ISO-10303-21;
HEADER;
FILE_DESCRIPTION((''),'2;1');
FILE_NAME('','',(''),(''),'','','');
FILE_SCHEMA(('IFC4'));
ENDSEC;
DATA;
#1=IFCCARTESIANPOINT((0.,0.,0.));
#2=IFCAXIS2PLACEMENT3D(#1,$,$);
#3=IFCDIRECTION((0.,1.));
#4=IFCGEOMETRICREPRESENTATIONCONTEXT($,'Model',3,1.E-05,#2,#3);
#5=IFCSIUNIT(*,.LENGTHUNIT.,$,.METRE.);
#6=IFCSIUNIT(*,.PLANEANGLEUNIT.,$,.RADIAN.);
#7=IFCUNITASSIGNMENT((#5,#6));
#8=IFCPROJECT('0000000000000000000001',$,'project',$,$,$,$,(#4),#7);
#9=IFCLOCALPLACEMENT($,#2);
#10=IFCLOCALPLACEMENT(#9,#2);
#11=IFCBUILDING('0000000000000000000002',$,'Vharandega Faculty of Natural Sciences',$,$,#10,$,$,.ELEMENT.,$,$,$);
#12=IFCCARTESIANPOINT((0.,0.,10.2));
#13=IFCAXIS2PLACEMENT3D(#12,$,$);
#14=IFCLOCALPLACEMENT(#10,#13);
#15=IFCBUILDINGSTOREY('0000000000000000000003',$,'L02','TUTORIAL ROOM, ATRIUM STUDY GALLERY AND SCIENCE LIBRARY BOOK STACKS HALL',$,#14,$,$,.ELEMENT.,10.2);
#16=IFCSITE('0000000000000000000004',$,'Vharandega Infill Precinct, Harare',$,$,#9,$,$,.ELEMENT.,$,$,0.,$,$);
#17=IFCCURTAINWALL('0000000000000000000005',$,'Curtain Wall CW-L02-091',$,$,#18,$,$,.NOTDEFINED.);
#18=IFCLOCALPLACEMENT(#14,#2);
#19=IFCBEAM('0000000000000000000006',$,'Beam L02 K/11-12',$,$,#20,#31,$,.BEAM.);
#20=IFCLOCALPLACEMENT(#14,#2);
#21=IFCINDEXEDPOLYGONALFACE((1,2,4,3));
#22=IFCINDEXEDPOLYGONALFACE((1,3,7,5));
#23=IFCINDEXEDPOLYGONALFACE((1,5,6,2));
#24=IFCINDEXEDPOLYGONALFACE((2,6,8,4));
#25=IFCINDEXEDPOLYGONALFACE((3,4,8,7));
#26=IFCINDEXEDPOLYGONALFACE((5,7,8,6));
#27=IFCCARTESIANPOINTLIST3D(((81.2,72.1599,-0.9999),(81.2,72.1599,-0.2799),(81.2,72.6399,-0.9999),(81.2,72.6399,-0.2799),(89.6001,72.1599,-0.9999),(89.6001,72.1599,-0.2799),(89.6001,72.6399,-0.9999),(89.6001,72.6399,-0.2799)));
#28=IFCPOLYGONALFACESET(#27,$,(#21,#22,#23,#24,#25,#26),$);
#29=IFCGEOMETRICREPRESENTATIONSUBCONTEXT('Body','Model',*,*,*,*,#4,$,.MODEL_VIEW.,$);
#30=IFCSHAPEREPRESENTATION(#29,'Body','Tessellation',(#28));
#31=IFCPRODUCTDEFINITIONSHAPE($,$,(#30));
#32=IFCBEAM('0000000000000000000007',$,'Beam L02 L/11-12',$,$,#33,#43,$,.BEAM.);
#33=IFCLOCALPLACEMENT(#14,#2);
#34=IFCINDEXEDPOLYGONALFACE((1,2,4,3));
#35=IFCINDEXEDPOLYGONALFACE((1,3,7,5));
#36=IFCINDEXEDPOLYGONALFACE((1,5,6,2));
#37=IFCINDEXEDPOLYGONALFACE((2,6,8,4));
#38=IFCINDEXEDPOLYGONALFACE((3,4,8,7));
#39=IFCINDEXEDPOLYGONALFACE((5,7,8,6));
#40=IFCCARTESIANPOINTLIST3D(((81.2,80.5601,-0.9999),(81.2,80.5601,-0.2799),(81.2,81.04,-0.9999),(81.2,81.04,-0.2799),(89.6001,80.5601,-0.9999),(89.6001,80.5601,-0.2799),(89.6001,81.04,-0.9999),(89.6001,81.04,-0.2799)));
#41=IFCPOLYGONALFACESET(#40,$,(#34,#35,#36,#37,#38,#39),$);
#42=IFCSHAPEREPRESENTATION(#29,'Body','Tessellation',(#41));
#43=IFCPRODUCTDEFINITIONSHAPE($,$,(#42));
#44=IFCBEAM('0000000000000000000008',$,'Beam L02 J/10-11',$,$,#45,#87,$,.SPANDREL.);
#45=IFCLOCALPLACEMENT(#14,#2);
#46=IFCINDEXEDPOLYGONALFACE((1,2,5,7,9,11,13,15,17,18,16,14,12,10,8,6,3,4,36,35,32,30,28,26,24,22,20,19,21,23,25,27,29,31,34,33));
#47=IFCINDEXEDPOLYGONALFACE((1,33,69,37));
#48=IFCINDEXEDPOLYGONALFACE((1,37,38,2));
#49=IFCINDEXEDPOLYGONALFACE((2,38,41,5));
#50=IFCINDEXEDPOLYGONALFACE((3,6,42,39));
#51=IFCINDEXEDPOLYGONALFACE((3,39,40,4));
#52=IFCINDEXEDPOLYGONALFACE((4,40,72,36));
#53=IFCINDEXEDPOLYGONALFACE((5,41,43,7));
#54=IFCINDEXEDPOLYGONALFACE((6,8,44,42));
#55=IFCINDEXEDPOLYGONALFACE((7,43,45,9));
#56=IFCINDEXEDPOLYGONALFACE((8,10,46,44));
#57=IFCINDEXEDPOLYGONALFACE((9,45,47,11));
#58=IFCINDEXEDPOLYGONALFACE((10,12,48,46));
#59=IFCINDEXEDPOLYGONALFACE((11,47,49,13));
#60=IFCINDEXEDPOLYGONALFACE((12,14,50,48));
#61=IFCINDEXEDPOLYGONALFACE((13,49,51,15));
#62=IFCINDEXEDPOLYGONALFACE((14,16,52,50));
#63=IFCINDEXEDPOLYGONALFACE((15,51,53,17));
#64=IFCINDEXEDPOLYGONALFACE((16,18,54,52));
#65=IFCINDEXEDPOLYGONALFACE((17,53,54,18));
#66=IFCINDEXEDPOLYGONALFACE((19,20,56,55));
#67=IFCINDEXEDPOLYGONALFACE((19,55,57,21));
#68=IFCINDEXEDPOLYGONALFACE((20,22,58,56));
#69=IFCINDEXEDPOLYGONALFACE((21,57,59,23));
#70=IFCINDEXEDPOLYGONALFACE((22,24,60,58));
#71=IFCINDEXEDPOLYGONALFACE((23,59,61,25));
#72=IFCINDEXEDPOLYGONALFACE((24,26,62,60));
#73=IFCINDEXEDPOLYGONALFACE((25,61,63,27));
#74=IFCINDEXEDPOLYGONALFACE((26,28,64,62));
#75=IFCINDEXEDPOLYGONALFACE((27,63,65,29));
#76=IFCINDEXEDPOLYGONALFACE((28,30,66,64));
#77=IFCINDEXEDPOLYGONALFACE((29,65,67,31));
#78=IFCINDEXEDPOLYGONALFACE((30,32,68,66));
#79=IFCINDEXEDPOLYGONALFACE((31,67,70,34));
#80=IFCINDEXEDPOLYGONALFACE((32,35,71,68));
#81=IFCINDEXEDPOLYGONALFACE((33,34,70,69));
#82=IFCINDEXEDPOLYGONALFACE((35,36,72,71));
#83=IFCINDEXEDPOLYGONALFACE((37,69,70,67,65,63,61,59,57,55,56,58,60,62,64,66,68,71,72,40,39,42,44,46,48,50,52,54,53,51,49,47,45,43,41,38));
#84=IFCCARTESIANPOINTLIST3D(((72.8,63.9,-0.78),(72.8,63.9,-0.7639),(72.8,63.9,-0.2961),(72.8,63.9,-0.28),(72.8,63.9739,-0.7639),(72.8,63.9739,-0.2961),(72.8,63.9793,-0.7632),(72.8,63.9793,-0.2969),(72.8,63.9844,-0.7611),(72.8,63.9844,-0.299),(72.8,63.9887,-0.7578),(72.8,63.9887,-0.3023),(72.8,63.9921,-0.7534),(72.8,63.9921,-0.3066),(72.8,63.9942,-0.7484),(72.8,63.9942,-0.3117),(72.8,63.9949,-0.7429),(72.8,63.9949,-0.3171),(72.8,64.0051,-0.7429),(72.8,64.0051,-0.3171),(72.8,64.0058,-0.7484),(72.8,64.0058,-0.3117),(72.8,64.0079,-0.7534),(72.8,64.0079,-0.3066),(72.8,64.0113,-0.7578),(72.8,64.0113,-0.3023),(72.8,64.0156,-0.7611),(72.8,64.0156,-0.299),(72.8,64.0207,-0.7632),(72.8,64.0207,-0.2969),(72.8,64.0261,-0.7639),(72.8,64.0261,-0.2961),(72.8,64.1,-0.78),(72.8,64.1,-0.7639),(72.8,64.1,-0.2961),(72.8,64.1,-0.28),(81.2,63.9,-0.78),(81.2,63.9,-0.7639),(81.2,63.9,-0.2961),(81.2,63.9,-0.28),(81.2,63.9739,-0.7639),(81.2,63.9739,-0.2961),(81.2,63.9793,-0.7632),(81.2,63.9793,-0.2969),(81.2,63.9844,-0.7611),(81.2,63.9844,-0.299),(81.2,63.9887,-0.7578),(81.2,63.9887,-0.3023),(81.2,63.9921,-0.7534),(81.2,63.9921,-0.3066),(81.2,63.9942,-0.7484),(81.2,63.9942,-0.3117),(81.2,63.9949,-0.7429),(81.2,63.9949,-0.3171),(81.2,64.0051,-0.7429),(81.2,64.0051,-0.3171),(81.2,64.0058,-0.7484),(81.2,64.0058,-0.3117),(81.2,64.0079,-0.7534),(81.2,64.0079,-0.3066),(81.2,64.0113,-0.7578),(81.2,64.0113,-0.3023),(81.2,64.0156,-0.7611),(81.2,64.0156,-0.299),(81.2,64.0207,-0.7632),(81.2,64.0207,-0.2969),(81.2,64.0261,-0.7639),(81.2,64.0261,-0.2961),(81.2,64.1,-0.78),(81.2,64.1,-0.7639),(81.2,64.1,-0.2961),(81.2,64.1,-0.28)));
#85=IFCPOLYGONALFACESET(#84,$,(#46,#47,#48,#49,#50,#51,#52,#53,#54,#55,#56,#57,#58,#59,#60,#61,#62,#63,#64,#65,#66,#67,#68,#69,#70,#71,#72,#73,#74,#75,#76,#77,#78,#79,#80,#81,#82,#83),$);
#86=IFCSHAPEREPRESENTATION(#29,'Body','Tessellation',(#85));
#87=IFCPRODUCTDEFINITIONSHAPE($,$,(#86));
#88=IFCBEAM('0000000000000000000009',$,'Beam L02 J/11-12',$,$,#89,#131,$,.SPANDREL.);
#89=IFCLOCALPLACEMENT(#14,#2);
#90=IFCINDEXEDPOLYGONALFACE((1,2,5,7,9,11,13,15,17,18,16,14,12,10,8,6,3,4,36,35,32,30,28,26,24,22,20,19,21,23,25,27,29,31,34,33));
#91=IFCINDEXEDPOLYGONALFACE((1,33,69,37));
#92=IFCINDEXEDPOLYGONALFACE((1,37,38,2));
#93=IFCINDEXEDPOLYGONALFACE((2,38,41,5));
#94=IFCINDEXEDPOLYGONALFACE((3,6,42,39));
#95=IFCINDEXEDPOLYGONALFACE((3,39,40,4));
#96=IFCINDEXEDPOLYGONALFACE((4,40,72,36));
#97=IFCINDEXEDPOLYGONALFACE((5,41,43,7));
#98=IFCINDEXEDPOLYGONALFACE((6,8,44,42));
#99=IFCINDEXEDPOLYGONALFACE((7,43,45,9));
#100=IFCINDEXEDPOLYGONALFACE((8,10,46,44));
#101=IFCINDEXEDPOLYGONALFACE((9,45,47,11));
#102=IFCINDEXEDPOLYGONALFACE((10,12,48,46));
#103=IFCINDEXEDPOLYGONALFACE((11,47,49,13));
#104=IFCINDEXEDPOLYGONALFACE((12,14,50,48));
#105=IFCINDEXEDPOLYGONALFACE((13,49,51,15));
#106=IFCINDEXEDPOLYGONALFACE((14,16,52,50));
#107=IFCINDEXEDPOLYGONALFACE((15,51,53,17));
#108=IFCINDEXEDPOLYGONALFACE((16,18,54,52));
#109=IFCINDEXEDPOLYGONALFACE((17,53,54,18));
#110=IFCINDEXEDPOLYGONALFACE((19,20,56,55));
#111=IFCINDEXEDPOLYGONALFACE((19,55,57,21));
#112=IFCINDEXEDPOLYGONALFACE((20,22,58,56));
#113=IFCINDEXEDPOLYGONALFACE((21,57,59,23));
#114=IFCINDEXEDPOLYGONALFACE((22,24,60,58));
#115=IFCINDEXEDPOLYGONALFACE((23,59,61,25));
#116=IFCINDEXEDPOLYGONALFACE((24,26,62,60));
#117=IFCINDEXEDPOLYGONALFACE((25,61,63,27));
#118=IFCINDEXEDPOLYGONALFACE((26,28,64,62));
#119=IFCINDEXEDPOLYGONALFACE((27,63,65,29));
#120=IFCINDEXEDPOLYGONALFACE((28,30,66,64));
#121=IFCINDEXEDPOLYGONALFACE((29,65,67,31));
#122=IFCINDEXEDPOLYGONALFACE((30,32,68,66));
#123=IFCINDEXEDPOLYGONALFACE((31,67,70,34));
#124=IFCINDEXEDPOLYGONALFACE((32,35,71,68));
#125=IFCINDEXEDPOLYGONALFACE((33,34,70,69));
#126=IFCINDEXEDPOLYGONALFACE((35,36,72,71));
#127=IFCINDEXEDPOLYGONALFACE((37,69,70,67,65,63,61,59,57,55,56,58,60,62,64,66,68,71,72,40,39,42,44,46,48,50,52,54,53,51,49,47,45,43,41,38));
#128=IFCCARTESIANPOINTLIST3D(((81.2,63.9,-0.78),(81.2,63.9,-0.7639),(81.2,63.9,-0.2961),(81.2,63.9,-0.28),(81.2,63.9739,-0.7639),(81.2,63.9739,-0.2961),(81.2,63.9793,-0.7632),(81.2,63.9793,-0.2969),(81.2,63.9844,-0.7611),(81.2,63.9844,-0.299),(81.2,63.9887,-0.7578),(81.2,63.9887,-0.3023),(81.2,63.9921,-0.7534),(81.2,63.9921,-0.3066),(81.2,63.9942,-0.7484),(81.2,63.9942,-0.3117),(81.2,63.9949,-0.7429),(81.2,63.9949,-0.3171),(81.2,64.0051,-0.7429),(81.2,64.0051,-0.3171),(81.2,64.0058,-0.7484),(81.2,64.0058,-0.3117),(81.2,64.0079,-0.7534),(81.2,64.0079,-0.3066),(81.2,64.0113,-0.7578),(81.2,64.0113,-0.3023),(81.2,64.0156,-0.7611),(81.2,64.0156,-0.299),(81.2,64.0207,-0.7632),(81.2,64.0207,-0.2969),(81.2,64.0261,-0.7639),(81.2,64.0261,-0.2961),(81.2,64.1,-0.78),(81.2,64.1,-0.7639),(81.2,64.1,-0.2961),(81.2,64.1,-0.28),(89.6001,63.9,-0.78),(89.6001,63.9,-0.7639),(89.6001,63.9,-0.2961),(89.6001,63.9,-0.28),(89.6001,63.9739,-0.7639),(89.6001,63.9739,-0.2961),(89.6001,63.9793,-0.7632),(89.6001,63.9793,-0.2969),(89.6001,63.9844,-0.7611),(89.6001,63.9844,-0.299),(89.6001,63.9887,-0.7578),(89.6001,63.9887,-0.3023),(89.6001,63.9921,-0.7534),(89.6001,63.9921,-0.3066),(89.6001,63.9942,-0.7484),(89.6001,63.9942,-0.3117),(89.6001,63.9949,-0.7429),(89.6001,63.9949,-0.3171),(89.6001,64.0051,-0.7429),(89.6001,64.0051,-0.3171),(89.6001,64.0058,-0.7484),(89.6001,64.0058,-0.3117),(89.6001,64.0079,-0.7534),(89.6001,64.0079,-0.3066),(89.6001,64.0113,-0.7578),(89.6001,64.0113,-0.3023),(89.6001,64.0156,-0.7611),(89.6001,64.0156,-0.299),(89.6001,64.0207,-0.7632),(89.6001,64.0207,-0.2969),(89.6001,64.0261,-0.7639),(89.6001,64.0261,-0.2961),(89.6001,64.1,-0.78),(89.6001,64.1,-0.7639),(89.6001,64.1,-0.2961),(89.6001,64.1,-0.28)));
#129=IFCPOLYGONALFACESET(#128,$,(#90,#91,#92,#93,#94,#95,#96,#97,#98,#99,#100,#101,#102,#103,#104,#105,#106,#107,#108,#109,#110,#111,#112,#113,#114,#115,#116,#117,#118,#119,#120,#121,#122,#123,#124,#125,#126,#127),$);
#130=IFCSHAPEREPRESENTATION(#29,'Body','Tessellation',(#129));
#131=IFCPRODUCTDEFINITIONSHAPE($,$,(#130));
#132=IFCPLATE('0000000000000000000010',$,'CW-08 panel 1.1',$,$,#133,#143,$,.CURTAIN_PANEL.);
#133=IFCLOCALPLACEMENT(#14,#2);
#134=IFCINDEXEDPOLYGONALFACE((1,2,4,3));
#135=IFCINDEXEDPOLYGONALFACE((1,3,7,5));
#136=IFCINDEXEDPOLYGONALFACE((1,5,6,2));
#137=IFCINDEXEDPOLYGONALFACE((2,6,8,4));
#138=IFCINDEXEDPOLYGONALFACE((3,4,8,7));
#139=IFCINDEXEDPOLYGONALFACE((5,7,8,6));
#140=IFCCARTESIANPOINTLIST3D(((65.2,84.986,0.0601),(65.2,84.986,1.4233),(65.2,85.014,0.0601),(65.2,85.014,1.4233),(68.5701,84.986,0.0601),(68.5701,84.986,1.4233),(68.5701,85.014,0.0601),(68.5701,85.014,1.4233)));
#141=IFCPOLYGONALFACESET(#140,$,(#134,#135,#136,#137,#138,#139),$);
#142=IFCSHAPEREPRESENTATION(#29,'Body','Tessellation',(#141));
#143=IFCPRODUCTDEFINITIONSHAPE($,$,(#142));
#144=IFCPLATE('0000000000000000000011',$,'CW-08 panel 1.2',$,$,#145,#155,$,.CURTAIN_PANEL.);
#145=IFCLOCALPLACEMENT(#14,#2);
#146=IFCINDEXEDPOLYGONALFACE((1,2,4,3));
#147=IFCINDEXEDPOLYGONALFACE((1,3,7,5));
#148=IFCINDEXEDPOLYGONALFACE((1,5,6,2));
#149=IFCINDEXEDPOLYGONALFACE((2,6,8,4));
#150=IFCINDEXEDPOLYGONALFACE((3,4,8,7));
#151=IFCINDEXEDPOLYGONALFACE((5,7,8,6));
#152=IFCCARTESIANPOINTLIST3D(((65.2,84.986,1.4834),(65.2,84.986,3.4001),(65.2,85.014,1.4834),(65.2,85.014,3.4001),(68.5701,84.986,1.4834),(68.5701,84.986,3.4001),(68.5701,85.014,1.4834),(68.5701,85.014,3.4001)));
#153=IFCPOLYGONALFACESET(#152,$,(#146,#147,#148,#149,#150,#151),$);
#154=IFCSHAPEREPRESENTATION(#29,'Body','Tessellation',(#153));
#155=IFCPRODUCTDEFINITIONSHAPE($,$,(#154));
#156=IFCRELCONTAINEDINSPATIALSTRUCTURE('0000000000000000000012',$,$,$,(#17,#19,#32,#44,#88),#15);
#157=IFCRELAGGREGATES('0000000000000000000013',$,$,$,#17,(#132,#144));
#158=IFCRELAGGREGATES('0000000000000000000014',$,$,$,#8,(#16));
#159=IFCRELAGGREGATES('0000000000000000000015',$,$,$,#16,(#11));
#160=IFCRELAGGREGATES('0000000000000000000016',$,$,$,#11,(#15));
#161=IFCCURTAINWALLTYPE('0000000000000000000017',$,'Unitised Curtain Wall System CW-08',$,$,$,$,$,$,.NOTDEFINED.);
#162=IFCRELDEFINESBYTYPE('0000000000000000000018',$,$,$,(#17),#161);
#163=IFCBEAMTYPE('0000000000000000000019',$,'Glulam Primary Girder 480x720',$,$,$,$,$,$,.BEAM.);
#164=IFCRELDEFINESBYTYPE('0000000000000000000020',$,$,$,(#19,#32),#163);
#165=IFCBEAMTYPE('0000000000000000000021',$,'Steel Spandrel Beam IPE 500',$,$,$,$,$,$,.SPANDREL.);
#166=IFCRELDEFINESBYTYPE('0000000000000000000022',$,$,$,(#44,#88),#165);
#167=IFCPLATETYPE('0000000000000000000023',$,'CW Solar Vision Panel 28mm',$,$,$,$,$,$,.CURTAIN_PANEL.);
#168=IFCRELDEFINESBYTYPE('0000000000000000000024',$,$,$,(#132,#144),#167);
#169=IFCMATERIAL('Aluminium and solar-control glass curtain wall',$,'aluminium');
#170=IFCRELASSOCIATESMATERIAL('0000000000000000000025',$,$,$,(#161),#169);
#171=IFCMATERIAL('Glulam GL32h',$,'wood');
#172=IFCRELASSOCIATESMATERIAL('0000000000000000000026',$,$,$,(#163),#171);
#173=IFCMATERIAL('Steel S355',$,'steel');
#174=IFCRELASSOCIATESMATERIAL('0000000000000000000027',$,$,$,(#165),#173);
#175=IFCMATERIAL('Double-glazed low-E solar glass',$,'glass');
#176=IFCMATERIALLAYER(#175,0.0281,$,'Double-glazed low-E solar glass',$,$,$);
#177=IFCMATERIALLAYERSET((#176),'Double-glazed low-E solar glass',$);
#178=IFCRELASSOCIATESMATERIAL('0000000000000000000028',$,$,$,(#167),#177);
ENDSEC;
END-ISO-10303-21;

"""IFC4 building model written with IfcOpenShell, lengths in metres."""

from ifc_helpers import new_model, si_unit, direction, frame, origin, origin_2d, place, context, subcontext, project, spatial, rectangle, i_section, extrude, material, layer, layer_set, material_profile, profile_set, type_object, element, aggregate, save


model = new_model("IFC4")

# Units and contexts
model_context = context("Model", 3, precision=1e-05, world=origin(), true_north=direction((0.0, 1.0)))
body_context = subcontext(model_context, "Body", "Model", "MODEL_VIEW")
ifc_project = project(units=[si_unit("LENGTHUNIT", "METRE"), si_unit("PLANEANGLEUNIT", "RADIAN")], contexts=[model_context])

# Site, building, storey
site_placement = place(None, origin())
site = spatial("IfcSite", under=ifc_project, at=site_placement, Name="Vharandega Infill Precinct, Harare", CompositionType="ELEMENT", RefElevation=0.0)
building_placement = place(site_placement, origin())
building = spatial("IfcBuilding", under=site, at=building_placement, Name="Vharandega Faculty of Natural Sciences", CompositionType="ELEMENT")
storey_placement = place(building_placement, frame((0.0, 0.0, 10.2)))
storey = spatial("IfcBuildingStorey", under=building, at=storey_placement, Name="L02", Description="TUTORIAL ROOM, ATRIUM STUDY GALLERY AND SCIENCE LIBRARY BOOK STACKS HALL", CompositionType="ELEMENT", Elevation=10.2)

# Curtain wall
ifc_material_1 = material(Name="Aluminium and solar-control glass curtain wall", Category="aluminium")
curtain_wall_type = type_object("IfcCurtainWallType", Name="Unitised Curtain Wall System CW-08", PredefinedType="NOTDEFINED", material=ifc_material_1)
curtain_wall_placement = place(storey_placement, origin())
curtain_wall = element("IfcCurtainWall", 1, at=curtain_wall_placement, inside=storey, type_object=curtain_wall_type, Name="Curtain Wall CW-L02-091", PredefinedType="NOTDEFINED")

# Beams
ifc_material_2 = material(Name="Glulam GL32h", Category="wood")
ifc_material_profile_1 = material_profile(ifc_material_2, rectangle(XDim=0.48, YDim=0.72, at=origin_2d()), Name="GL32h 480x720")
ifc_profile_set_1 = profile_set([ifc_material_profile_1], Name="Glulam GL32h")
beam_type_1 = type_object("IfcBeamType", Name="Glulam Primary Girder 480x720", PredefinedType="BEAM", material=ifc_profile_set_1)
for number, where, z_axis, x_axis, name in (
    (2, (81.2, 72.3999, -0.6399), (1.0, 0.0, 0.0), (0.0, 1.0, 0.0), "Beam L02 K/11-12"),
    (3, (81.2, 80.8, -0.6399), (1.0, 0.0, 0.0), (0.0, 1.0, 0.0), "Beam L02 L/11-12"),
):
    element("IfcBeam", number, at=place(storey_placement, frame(where, z_axis=z_axis, x_axis=x_axis)), inside=storey, type_object=beam_type_1, Name=name, PredefinedType="BEAM", context=body_context, shape_type="SweptSolid", body=[
        extrude(rectangle(XDim=0.48, YDim=0.72, at=origin_2d()), origin(), (0.0, 0.0, 1.0), 8.4001),
    ])
ifc_material_3 = material(Name="Steel S355", Category="steel")
ifc_material_profile_2 = material_profile(ifc_material_3, i_section(OverallWidth=0.2, OverallDepth=0.5, WebThickness=0.0103, FlangeThickness=0.0161, FilletRadius=0.021, at=origin_2d()), Name="IPE 500")
ifc_profile_set_2 = profile_set([ifc_material_profile_2], Name="Steel S355")
beam_type_2 = type_object("IfcBeamType", Name="Steel Spandrel Beam IPE 500", PredefinedType="SPANDREL", material=ifc_profile_set_2)
beam_1_placement = place(storey_placement, frame((72.8, 64.0, -0.53), z_axis=(1.0, 0.0, 0.0), x_axis=(0.0, 1.0, 0.0)))
element("IfcBeam", 4, at=beam_1_placement, inside=storey, type_object=beam_type_2, Name="Beam L02 J/10-11", PredefinedType="SPANDREL", context=body_context, shape_type="SweptSolid", body=[
    extrude(i_section(OverallWidth=0.2, OverallDepth=0.5, WebThickness=0.0103, FlangeThickness=0.0161, FilletRadius=0.021, at=origin_2d()), origin(), (0.0, 0.0, 1.0), 8.3999),
])
beam_2_placement = place(storey_placement, frame((81.2, 64.0, -0.53), z_axis=(1.0, 0.0, 0.0), x_axis=(0.0, 1.0, 0.0)))
element("IfcBeam", 5, at=beam_2_placement, inside=storey, type_object=beam_type_2, Name="Beam L02 J/11-12", PredefinedType="SPANDREL", context=body_context, shape_type="SweptSolid", body=[
    extrude(i_section(OverallWidth=0.2, OverallDepth=0.5, WebThickness=0.0103, FlangeThickness=0.0161, FilletRadius=0.021, at=origin_2d()), origin(), (0.0, 0.0, 1.0), 8.4001),
])

# Plates
ifc_material_4 = material(Name="Double-glazed low-E solar glass", Category="glass")
ifc_layer = layer(ifc_material_4, 0.0281, Name="Double-glazed low-E solar glass")
ifc_layer_set = layer_set([ifc_layer], Name="Double-glazed low-E solar glass")
plate_type = type_object("IfcPlateType", Name="CW Solar Vision Panel 28mm", PredefinedType="CURTAIN_PANEL", material=ifc_layer_set)
plate_1_placement = place(storey_placement, frame((66.885, 85.0, 0.0601), z_axis=(0.0, 0.0, 1.0), x_axis=(1.0, 0.0, 0.0)))
plate_1 = element("IfcPlate", 6, at=plate_1_placement, type_object=plate_type, Name="CW-08 panel 1.1", PredefinedType="CURTAIN_PANEL", context=body_context, shape_type="SweptSolid", body=[
    extrude(rectangle(XDim=3.3701, YDim=0.0281, at=origin_2d()), origin(), (0.0, 0.0, 1.0), 1.3633),
])
plate_2_placement = place(storey_placement, frame((66.885, 85.0, 1.4834), z_axis=(0.0, 0.0, 1.0), x_axis=(1.0, 0.0, 0.0)))
plate_2 = element("IfcPlate", 7, at=plate_2_placement, type_object=plate_type, Name="CW-08 panel 1.2", PredefinedType="CURTAIN_PANEL", context=body_context, shape_type="SweptSolid", body=[
    extrude(rectangle(XDim=3.3701, YDim=0.0281, at=origin_2d()), origin(), (0.0, 0.0, 1.0), 1.9167),
])
aggregate(curtain_wall, [plate_1, plate_2])

save(model, "model.ifc")
